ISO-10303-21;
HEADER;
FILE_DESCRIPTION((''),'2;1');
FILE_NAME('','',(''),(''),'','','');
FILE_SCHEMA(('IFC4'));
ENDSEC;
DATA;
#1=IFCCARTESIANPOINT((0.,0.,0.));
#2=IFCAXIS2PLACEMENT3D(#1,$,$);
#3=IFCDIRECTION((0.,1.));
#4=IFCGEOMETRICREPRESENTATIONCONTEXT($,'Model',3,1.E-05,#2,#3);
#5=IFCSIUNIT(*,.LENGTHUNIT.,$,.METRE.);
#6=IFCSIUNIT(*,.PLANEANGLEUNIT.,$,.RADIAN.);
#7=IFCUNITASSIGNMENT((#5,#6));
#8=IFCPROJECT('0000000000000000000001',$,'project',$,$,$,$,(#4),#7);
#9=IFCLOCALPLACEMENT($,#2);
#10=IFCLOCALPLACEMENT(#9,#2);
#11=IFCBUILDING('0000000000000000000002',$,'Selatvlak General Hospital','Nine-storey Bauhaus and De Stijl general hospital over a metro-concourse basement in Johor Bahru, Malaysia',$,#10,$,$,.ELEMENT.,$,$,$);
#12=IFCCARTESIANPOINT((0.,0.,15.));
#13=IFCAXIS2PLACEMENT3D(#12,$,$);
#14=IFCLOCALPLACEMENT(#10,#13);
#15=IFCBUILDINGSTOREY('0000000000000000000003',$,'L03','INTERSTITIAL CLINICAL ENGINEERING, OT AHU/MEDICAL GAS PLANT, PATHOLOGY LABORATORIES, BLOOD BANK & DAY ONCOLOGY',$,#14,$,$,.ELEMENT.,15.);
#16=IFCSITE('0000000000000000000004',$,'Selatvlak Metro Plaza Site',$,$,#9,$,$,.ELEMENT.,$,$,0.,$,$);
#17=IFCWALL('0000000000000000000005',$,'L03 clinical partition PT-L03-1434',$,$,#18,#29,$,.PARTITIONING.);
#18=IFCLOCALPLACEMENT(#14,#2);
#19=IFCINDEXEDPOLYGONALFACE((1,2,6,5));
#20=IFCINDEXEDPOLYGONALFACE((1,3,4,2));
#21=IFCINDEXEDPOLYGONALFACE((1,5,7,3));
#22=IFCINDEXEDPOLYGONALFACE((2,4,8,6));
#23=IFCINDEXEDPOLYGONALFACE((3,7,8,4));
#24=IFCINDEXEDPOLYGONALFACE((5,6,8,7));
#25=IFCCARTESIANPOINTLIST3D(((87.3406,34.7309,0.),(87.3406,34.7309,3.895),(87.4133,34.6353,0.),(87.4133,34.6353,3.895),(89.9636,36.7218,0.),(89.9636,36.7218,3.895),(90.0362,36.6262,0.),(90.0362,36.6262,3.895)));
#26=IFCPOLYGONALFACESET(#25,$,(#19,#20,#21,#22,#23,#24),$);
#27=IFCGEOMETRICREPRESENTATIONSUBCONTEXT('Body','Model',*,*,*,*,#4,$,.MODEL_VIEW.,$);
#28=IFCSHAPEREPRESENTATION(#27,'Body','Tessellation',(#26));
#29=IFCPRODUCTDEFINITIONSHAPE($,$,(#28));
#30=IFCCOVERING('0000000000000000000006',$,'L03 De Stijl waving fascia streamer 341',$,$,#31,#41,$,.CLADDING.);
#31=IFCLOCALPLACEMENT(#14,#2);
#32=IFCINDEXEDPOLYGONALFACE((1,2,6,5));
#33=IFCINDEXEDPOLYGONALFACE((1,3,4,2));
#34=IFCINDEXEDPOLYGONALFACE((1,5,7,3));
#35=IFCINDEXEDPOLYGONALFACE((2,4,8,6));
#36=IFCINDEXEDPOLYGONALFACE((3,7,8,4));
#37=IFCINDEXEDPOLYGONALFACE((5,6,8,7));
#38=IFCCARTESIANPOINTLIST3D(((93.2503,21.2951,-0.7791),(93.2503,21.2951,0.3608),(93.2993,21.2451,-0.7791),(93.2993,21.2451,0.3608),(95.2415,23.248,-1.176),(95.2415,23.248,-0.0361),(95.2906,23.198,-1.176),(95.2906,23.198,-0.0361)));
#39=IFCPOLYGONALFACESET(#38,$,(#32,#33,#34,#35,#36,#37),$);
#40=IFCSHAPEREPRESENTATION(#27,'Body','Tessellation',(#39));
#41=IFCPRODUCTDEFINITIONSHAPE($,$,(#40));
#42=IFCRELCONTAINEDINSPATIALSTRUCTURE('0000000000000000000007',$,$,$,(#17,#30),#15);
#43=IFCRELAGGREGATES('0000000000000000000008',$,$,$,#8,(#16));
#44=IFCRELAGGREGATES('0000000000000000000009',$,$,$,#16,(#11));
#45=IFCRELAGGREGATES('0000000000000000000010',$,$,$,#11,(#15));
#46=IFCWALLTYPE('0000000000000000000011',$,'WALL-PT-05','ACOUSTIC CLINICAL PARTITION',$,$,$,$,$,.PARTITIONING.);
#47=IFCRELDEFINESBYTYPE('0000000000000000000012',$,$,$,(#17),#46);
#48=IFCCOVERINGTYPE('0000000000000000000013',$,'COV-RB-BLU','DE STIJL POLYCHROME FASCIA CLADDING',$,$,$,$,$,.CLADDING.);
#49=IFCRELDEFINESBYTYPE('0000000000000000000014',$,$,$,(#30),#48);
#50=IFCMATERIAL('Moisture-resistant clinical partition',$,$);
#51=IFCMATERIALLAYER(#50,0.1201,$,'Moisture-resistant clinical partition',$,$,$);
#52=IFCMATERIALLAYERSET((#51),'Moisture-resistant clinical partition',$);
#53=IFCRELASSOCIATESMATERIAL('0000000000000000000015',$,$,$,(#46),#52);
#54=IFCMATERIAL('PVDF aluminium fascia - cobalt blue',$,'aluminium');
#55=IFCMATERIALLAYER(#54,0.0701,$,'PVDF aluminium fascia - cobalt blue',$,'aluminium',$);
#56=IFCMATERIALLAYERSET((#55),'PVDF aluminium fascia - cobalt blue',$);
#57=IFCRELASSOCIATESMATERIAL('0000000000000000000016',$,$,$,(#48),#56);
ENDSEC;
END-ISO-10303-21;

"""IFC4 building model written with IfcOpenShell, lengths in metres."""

from ifc_helpers import new_model, si_unit, direction, frame, frame_2d, origin, place, context, subcontext, project, spatial, polyline, rectangle, outline, extrude, material, layer, layer_set, type_object, element, save


model = new_model("IFC4")

# Units and contexts
model_context = context("Model", 3, precision=1e-05, world=origin(), true_north=direction((0.0, 1.0)))
body_context = subcontext(model_context, "Body", "Model", "MODEL_VIEW")
ifc_project = project(units=[si_unit("LENGTHUNIT", "METRE"), si_unit("PLANEANGLEUNIT", "RADIAN")], contexts=[model_context])

# Site, building, storey
site_placement = place(None, origin())
site = spatial("IfcSite", under=ifc_project, at=site_placement, Name="Selatvlak Metro Plaza Site", CompositionType="ELEMENT", RefElevation=0.0)
building_placement = place(site_placement, origin())
building = spatial("IfcBuilding", under=site, at=building_placement, Name="Selatvlak General Hospital", Description="Nine-storey Bauhaus and De Stijl general hospital over a metro-concourse basement in Johor Bahru, Malaysia", CompositionType="ELEMENT")
storey_placement = place(building_placement, frame((0.0, 0.0, 15.0)))
storey = spatial("IfcBuildingStorey", under=building, at=storey_placement, Name="L03", Description="INTERSTITIAL CLINICAL ENGINEERING, OT AHU/MEDICAL GAS PLANT, PATHOLOGY LABORATORIES, BLOOD BANK & DAY ONCOLOGY", CompositionType="ELEMENT", Elevation=15.0)

# Shared definitions
ifc_material_1 = material(Name="Moisture-resistant clinical partition")

# Wall
ifc_layer_1 = layer(ifc_material_1, 0.1201, Name="Moisture-resistant clinical partition")
ifc_layer_set_1 = layer_set([ifc_layer_1], Name="Moisture-resistant clinical partition")
wall_type_1 = type_object("IfcWallType", Name="WALL-PT-05", Description="ACOUSTIC CLINICAL PARTITION", PredefinedType="PARTITIONING", material=ifc_layer_set_1)
wall_1_placement = place(storey_placement, frame((87.377, 34.6831, 0.0), z_axis=(0.0, 0.0, 1.0), x_axis=(0.796535, 0.604593, 0.0)))
element("IfcWall", 1, at=wall_1_placement, inside=storey, type_object=wall_type_1, Name="L03 clinical partition PT-L03-1434", PredefinedType="PARTITIONING", context=body_context, shape_type="SweptSolid", body=[
    extrude(rectangle(XDim=3.293, YDim=0.1201, at=frame_2d((1.6465, 0.0))), origin(), (0.0, 0.0, 1.0), 3.895),
])

# Covering
ifc_material_2 = material(Name="PVDF aluminium fascia - cobalt blue", Category="aluminium")
ifc_layer_2 = layer(ifc_material_2, 0.0701, Name="PVDF aluminium fascia - cobalt blue", Category="aluminium")
ifc_layer_set_2 = layer_set([ifc_layer_2], Name="PVDF aluminium fascia - cobalt blue")
covering_type = type_object("IfcCoveringType", Name="COV-RB-BLU", Description="DE STIJL POLYCHROME FASCIA CLADDING", PredefinedType="CLADDING", material=ifc_layer_set_2)
covering_placement = place(storey_placement, frame((93.2749, 21.27, -0.7791), z_axis=(0.0, 0.0, 1.0), x_axis=(0.713945, 0.700202, 0.0)))
element("IfcCovering", 2, at=covering_placement, inside=storey, type_object=covering_type, Name="L03 De Stijl waving fascia streamer 341", PredefinedType="CLADDING", context=body_context, shape_type="SweptSolid", body=[
    extrude(outline(polyline([(0.0, 0.0), (2.7891, -0.397), (2.7891, 0.7429), (0.0, 1.1399), (0.0, 0.0)])), frame((0.0, 0.0352, 0.0), z_axis=(0.0, -1.0, 0.0), x_axis=(1.0, 0.0, 0.0)), (0.0, 0.0, 1.0), 0.0701),
])

save(model, "model.ifc")
